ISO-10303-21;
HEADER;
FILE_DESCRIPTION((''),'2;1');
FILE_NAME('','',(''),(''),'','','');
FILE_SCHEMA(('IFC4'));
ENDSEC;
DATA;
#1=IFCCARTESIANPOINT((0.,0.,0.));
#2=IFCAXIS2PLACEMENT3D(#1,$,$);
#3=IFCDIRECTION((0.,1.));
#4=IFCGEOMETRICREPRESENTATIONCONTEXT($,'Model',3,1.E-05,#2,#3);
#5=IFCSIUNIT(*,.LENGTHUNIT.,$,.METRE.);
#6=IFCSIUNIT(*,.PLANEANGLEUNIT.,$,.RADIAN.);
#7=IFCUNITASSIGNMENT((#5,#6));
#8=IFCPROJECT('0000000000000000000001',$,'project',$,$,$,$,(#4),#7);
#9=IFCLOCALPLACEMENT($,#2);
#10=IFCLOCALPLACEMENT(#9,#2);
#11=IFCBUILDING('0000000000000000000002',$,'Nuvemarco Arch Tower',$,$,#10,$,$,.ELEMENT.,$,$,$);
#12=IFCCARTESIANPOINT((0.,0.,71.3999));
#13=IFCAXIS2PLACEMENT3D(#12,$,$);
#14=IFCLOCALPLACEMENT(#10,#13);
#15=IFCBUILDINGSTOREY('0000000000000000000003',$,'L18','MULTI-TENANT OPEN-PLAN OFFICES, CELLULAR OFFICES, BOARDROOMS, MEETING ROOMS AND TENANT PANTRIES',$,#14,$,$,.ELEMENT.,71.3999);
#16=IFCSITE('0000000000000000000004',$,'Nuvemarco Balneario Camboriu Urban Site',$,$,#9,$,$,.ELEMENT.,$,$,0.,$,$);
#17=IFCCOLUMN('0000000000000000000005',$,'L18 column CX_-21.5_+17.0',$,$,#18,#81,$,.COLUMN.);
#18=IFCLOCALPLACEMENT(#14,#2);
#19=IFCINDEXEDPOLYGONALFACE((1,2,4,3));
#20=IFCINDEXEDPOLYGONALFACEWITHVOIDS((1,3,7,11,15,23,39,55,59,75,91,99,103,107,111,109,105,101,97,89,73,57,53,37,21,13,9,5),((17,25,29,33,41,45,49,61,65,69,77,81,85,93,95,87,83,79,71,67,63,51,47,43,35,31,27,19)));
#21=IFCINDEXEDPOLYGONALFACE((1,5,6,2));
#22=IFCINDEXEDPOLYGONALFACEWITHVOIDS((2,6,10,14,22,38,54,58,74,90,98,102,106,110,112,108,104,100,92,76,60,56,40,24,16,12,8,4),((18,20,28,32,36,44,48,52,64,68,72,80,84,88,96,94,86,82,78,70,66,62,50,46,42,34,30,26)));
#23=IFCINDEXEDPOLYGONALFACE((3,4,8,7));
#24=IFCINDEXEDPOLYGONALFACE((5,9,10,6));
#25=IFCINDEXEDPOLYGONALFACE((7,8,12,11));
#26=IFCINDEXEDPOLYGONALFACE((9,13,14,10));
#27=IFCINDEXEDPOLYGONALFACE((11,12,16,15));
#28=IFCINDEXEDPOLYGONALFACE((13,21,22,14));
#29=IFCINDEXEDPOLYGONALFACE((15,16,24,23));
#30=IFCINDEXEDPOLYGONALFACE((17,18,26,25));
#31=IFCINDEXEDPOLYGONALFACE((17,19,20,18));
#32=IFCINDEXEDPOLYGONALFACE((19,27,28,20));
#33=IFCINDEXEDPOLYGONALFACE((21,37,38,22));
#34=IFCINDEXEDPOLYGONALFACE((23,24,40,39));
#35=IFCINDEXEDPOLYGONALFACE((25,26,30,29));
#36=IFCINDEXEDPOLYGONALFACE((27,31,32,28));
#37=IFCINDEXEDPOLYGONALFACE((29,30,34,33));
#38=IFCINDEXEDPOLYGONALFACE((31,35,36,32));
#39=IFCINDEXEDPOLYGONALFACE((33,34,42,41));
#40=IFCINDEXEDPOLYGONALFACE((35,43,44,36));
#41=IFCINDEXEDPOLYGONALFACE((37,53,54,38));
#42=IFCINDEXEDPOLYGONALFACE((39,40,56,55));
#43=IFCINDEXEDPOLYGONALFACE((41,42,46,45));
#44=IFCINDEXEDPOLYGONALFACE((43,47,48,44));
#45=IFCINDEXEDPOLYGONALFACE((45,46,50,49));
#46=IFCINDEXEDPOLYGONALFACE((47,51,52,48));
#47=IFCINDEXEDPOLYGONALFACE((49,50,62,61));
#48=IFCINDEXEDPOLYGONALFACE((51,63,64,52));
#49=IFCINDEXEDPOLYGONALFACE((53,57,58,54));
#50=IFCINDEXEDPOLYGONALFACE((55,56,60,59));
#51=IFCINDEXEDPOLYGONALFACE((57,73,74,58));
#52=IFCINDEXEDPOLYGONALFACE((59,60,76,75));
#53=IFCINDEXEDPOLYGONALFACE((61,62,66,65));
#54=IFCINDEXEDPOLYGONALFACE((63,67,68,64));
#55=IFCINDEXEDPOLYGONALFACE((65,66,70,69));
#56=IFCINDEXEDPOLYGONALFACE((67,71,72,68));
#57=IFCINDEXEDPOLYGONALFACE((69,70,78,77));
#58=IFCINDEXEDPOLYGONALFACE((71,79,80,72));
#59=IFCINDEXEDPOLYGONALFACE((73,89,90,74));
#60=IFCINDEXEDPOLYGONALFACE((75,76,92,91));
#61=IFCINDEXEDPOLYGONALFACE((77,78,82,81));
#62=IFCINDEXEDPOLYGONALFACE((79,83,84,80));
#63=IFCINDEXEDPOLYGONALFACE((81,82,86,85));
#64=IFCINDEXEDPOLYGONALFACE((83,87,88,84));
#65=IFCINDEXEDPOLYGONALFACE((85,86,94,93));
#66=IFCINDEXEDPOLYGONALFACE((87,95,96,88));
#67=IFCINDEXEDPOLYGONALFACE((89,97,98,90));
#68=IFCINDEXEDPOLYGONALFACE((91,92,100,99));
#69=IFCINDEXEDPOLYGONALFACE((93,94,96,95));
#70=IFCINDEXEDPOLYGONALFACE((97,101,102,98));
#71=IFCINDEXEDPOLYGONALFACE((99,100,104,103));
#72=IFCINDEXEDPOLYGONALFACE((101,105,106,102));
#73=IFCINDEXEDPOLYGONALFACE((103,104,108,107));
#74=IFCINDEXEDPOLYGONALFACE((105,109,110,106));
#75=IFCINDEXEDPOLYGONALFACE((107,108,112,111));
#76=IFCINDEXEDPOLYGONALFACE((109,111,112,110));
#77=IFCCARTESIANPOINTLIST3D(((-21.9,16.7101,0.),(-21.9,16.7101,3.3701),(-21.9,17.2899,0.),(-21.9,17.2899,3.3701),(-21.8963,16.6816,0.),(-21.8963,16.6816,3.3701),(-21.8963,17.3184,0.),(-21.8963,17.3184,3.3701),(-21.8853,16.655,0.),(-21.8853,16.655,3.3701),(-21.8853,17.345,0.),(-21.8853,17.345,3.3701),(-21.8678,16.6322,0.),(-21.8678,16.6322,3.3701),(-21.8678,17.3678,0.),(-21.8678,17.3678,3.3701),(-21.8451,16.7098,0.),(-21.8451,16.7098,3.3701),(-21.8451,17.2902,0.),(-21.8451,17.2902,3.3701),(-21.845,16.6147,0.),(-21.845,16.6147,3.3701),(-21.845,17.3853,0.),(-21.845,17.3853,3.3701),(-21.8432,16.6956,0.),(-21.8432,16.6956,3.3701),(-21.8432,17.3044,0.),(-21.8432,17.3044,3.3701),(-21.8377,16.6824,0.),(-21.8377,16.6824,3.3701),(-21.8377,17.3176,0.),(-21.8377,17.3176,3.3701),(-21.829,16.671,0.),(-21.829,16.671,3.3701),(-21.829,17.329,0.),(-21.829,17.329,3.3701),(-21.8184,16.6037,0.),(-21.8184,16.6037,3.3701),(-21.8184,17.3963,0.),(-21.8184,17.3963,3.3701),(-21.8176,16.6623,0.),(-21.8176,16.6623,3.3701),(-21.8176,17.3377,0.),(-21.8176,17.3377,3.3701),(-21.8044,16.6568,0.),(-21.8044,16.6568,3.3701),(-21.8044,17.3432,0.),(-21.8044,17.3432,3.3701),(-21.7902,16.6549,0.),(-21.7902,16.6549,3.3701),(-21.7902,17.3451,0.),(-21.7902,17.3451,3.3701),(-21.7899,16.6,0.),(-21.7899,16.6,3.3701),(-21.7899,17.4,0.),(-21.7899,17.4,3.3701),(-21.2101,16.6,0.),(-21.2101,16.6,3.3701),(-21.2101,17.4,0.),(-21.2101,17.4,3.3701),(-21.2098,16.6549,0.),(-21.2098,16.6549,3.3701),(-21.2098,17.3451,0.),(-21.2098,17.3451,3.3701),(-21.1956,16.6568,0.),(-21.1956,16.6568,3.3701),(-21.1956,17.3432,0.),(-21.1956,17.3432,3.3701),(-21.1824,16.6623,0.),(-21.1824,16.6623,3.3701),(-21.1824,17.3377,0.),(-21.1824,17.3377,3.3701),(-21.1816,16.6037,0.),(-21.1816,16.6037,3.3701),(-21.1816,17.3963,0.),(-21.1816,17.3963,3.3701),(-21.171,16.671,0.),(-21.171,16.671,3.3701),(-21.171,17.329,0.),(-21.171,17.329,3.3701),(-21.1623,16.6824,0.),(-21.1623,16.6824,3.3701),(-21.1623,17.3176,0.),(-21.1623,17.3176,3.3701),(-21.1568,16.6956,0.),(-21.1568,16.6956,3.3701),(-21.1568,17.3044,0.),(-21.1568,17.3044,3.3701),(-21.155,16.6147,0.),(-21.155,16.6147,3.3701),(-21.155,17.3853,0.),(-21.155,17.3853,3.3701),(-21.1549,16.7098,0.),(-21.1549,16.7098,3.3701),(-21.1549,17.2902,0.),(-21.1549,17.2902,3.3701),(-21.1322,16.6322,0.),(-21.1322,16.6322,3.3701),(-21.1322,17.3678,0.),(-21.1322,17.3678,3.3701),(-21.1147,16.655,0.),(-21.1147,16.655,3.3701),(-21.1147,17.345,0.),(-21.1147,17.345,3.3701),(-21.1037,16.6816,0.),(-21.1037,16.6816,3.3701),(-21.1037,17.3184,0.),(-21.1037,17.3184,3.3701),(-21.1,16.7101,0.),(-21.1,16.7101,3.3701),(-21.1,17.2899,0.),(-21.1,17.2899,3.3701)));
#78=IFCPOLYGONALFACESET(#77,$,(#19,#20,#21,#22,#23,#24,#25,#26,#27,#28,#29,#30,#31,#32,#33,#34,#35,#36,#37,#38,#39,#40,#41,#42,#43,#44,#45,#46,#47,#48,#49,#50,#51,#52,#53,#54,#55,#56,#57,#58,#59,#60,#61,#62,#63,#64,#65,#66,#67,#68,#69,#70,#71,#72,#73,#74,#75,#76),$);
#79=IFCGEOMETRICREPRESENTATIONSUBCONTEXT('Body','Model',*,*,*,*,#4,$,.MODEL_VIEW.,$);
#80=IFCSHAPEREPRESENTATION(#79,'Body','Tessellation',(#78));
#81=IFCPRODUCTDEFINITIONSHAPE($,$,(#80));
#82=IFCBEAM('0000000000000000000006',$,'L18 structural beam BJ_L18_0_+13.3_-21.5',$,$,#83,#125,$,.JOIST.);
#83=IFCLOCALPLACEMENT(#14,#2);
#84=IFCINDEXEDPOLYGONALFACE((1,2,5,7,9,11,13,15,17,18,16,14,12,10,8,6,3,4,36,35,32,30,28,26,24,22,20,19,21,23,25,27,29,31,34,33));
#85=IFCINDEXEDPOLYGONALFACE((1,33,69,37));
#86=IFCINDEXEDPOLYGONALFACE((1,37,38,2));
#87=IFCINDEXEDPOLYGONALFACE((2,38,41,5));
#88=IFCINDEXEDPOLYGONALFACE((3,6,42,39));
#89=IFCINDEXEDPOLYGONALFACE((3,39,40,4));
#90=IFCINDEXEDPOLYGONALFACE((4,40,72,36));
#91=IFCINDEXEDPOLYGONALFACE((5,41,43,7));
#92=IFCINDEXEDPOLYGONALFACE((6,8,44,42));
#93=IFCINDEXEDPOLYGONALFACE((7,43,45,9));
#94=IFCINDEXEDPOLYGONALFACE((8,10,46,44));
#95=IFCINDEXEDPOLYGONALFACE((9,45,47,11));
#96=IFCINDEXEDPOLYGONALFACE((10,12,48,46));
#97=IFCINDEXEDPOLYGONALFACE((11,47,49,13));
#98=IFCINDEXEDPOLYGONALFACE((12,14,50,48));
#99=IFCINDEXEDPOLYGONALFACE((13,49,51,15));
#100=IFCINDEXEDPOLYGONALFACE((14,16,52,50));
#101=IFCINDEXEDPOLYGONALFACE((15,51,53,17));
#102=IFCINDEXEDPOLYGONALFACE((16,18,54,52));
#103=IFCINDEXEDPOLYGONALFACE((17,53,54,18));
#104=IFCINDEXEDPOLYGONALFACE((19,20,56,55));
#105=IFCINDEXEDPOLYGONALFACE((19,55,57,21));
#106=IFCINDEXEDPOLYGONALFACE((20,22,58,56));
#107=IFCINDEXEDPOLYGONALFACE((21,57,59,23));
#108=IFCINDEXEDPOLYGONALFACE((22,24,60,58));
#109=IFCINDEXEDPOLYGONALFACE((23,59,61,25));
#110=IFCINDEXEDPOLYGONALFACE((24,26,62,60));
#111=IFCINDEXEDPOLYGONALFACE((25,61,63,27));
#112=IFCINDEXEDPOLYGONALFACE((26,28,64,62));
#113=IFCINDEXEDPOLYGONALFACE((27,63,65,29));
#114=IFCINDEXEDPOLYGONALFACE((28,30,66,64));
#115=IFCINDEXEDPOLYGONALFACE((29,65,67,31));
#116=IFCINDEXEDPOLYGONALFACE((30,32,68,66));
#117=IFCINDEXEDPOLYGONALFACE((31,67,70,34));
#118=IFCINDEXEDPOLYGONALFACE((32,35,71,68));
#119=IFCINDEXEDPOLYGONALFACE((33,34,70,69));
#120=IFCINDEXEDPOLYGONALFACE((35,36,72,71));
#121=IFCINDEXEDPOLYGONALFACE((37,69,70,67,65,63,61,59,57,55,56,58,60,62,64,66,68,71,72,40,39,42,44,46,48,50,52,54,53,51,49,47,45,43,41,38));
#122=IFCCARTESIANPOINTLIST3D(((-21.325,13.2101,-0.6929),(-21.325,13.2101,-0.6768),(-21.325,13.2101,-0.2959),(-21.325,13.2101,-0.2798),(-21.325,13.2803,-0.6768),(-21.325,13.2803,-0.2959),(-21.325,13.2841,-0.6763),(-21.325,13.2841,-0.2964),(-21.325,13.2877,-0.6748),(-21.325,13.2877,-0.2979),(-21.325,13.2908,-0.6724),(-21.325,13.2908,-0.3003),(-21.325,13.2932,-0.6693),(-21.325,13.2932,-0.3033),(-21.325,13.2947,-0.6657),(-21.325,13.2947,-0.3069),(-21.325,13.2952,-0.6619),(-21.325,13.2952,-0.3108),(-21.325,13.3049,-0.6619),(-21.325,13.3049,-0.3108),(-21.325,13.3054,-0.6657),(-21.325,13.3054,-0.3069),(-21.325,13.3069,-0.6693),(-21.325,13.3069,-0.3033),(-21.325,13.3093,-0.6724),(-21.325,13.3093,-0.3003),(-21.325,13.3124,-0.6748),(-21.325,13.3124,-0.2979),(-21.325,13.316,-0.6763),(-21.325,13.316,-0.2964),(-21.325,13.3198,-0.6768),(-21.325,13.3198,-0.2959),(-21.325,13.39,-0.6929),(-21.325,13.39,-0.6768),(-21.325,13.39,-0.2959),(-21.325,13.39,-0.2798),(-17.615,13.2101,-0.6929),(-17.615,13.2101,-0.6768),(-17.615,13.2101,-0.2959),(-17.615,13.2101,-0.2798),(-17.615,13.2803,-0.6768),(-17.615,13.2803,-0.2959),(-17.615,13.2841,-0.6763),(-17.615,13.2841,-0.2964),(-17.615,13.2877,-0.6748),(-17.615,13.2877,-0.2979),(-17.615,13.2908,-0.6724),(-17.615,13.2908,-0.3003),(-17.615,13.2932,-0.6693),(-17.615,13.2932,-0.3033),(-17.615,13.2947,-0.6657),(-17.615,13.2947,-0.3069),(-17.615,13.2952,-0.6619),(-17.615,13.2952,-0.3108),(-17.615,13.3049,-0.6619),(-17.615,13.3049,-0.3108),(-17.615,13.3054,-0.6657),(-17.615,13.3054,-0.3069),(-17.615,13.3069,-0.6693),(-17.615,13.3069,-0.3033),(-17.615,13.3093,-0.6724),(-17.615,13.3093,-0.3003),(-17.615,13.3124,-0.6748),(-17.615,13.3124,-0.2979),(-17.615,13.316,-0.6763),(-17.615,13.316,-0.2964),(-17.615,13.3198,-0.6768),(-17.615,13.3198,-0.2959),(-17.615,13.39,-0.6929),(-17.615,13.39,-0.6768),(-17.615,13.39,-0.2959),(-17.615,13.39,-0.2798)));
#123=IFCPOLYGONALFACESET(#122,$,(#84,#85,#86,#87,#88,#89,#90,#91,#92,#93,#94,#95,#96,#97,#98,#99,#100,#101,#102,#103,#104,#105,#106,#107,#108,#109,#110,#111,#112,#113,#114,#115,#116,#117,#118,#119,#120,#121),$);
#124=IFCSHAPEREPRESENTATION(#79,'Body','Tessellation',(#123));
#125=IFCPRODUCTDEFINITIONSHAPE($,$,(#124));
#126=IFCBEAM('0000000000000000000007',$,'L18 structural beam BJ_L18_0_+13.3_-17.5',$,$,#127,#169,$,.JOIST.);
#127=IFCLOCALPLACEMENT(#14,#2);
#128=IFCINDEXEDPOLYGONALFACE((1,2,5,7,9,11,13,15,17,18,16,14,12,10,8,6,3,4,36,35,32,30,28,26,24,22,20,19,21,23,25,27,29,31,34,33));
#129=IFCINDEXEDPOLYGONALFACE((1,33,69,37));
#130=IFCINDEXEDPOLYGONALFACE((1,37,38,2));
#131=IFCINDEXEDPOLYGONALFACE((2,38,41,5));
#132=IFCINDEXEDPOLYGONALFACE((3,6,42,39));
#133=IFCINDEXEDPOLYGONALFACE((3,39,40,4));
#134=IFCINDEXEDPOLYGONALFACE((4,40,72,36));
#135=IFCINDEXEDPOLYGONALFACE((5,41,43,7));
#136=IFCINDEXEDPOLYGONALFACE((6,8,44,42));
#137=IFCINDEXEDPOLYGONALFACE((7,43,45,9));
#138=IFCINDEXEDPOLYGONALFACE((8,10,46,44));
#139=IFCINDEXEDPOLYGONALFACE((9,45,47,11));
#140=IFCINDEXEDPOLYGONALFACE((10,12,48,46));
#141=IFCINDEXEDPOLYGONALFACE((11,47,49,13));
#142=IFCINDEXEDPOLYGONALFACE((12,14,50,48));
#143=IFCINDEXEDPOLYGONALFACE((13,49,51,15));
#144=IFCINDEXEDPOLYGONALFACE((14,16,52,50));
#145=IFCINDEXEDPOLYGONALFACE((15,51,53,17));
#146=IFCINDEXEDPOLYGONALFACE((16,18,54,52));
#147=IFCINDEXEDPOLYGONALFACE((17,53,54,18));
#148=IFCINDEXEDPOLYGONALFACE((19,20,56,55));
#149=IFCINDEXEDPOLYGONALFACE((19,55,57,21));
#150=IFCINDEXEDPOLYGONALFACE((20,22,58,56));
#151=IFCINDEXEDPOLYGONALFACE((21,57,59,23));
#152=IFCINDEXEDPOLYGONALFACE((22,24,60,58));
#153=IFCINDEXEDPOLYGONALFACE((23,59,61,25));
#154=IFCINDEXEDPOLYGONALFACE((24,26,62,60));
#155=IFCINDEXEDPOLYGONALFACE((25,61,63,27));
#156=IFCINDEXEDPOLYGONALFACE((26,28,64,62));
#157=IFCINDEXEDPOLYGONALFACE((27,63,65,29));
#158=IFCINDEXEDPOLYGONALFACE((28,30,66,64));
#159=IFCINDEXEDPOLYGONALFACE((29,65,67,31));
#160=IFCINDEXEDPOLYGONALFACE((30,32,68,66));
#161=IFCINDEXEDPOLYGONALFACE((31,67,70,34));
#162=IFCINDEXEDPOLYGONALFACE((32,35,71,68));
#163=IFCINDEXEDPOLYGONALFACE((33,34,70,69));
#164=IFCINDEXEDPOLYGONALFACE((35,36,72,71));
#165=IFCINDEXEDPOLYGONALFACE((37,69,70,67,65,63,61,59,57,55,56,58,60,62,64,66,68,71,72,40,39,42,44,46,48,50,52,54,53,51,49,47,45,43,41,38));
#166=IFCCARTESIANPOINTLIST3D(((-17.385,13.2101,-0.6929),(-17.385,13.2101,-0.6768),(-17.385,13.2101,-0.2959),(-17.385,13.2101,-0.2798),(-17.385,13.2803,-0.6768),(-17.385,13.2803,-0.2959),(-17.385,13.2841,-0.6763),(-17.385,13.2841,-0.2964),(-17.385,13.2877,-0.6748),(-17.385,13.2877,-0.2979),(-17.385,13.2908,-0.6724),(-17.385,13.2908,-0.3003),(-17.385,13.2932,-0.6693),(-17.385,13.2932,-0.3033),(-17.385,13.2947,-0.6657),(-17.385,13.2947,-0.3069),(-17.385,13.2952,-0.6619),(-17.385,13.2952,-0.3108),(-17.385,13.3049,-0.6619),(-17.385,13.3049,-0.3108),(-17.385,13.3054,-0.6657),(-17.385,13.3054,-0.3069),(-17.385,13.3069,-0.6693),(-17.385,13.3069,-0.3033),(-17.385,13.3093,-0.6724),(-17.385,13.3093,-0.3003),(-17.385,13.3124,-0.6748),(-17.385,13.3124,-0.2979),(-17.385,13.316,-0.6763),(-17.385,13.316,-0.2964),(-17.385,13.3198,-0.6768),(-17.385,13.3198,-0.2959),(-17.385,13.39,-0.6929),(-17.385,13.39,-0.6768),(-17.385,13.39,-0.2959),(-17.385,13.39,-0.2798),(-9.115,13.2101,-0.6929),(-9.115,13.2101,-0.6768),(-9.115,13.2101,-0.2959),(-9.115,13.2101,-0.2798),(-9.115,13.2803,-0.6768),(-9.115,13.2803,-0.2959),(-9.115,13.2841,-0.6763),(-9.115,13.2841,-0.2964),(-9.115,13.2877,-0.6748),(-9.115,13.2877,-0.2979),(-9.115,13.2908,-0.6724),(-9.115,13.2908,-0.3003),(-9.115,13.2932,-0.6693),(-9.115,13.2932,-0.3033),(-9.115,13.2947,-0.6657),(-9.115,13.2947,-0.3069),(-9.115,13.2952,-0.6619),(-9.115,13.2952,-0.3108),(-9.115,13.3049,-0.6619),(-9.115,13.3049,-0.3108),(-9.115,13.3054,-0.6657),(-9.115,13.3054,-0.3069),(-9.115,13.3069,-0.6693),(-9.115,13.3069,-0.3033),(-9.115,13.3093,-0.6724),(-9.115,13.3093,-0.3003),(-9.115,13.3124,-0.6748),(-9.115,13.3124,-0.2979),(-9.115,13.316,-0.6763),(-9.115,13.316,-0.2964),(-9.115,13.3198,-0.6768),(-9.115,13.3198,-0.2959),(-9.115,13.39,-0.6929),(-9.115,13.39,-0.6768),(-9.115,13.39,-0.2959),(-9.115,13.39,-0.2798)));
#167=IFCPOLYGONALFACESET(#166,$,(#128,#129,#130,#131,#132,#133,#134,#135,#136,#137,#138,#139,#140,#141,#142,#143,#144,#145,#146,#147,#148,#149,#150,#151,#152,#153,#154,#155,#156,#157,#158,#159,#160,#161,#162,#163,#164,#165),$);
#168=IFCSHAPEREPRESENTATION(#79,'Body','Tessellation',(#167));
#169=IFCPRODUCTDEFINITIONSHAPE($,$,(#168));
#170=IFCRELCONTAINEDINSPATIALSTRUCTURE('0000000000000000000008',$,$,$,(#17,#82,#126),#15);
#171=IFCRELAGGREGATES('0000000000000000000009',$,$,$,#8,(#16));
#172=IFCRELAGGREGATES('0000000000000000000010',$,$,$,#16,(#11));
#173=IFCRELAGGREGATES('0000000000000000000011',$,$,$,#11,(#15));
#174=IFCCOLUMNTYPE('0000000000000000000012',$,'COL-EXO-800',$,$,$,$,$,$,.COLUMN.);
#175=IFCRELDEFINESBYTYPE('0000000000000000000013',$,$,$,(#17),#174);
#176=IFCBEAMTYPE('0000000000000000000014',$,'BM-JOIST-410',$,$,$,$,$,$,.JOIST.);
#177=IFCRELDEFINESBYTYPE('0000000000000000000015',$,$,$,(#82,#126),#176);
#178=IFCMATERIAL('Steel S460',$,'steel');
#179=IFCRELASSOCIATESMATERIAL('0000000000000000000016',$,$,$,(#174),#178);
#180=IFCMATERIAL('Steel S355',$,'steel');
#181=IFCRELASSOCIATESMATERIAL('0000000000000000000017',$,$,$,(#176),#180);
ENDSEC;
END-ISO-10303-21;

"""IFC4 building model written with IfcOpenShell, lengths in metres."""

from ifc_helpers import new_model, si_unit, direction, frame, origin, origin_2d, place, context, subcontext, project, spatial, hollow_rectangle, i_section, extrude, material, material_profile, profile_set, type_object, element, save


model = new_model("IFC4")

# Units and contexts
model_context = context("Model", 3, precision=1e-05, world=origin(), true_north=direction((0.0, 1.0)))
body_context = subcontext(model_context, "Body", "Model", "MODEL_VIEW")
ifc_project = project(units=[si_unit("LENGTHUNIT", "METRE"), si_unit("PLANEANGLEUNIT", "RADIAN")], contexts=[model_context])

# Site, building, storey
site_placement = place(None, origin())
site = spatial("IfcSite", under=ifc_project, at=site_placement, Name="Nuvemarco Balneario Camboriu Urban Site", CompositionType="ELEMENT", RefElevation=0.0)
building_placement = place(site_placement, origin())
building = spatial("IfcBuilding", under=site, at=building_placement, Name="Nuvemarco Arch Tower", CompositionType="ELEMENT")
storey_placement = place(building_placement, frame((0.0, 0.0, 71.3999)))
storey = spatial("IfcBuildingStorey", under=building, at=storey_placement, Name="L18", Description="MULTI-TENANT OPEN-PLAN OFFICES, CELLULAR OFFICES, BOARDROOMS, MEETING ROOMS AND TENANT PANTRIES", CompositionType="ELEMENT", Elevation=71.3999)

# Column
ifc_material_1 = material(Name="Steel S460", Category="steel")
ifc_material_profile_1 = material_profile(ifc_material_1, hollow_rectangle(XDim=0.8, YDim=0.8, WallThickness=0.0549, InnerFilletRadius=0.0549, OuterFilletRadius=0.1101, at=origin_2d()), Name="SHS800x800x55")
ifc_profile_set_1 = profile_set([ifc_material_profile_1], Name="Steel S460")
column_type = type_object("IfcColumnType", Name="COL-EXO-800", PredefinedType="COLUMN", material=ifc_profile_set_1)
column_placement = place(storey_placement, frame((-21.5, 17.0, 0.0), z_axis=(0.0, 0.0, 1.0), x_axis=(1.0, 0.0, 0.0)))
element("IfcColumn", 1, at=column_placement, inside=storey, type_object=column_type, Name="L18 column CX_-21.5_+17.0", PredefinedType="COLUMN", context=body_context, shape_type="SweptSolid", body=[
    extrude(hollow_rectangle(XDim=0.8, YDim=0.8, WallThickness=0.0549, InnerFilletRadius=0.0549, OuterFilletRadius=0.1101, at=origin_2d()), origin(), (0.0, 0.0, 1.0), 3.3701),
])

# Beams
ifc_material_2 = material(Name="Steel S355", Category="steel")
ifc_material_profile_2 = material_profile(ifc_material_2, i_section(OverallWidth=0.1799, OverallDepth=0.4131, WebThickness=0.0098, FlangeThickness=0.0161, FilletRadius=0.0149, at=origin_2d()), Name="W410x75")
ifc_profile_set_2 = profile_set([ifc_material_profile_2], Name="Steel S355")
beam_type = type_object("IfcBeamType", Name="BM-JOIST-410", PredefinedType="JOIST", material=ifc_profile_set_2)
beam_1_placement = place(storey_placement, frame((-21.325, 13.3, -0.4863), z_axis=(1.0, 0.0, 0.0), x_axis=(0.0, 1.0, 0.0)))
element("IfcBeam", 2, at=beam_1_placement, inside=storey, type_object=beam_type, Name="L18 structural beam BJ_L18_0_+13.3_-21.5", PredefinedType="JOIST", context=body_context, shape_type="SweptSolid", body=[
    extrude(i_section(OverallWidth=0.1799, OverallDepth=0.4131, WebThickness=0.0098, FlangeThickness=0.0161, FilletRadius=0.0149, at=origin_2d()), origin(), (0.0, 0.0, 1.0), 3.71),
])
beam_2_placement = place(storey_placement, frame((-17.385, 13.3, -0.4863), z_axis=(1.0, 0.0, 0.0), x_axis=(0.0, 1.0, 0.0)))
element("IfcBeam", 3, at=beam_2_placement, inside=storey, type_object=beam_type, Name="L18 structural beam BJ_L18_0_+13.3_-17.5", PredefinedType="JOIST", context=body_context, shape_type="SweptSolid", body=[
    extrude(i_section(OverallWidth=0.1799, OverallDepth=0.4131, WebThickness=0.0098, FlangeThickness=0.0161, FilletRadius=0.0149, at=origin_2d()), origin(), (0.0, 0.0, 1.0), 8.27),
])

save(model, "model.ifc")
